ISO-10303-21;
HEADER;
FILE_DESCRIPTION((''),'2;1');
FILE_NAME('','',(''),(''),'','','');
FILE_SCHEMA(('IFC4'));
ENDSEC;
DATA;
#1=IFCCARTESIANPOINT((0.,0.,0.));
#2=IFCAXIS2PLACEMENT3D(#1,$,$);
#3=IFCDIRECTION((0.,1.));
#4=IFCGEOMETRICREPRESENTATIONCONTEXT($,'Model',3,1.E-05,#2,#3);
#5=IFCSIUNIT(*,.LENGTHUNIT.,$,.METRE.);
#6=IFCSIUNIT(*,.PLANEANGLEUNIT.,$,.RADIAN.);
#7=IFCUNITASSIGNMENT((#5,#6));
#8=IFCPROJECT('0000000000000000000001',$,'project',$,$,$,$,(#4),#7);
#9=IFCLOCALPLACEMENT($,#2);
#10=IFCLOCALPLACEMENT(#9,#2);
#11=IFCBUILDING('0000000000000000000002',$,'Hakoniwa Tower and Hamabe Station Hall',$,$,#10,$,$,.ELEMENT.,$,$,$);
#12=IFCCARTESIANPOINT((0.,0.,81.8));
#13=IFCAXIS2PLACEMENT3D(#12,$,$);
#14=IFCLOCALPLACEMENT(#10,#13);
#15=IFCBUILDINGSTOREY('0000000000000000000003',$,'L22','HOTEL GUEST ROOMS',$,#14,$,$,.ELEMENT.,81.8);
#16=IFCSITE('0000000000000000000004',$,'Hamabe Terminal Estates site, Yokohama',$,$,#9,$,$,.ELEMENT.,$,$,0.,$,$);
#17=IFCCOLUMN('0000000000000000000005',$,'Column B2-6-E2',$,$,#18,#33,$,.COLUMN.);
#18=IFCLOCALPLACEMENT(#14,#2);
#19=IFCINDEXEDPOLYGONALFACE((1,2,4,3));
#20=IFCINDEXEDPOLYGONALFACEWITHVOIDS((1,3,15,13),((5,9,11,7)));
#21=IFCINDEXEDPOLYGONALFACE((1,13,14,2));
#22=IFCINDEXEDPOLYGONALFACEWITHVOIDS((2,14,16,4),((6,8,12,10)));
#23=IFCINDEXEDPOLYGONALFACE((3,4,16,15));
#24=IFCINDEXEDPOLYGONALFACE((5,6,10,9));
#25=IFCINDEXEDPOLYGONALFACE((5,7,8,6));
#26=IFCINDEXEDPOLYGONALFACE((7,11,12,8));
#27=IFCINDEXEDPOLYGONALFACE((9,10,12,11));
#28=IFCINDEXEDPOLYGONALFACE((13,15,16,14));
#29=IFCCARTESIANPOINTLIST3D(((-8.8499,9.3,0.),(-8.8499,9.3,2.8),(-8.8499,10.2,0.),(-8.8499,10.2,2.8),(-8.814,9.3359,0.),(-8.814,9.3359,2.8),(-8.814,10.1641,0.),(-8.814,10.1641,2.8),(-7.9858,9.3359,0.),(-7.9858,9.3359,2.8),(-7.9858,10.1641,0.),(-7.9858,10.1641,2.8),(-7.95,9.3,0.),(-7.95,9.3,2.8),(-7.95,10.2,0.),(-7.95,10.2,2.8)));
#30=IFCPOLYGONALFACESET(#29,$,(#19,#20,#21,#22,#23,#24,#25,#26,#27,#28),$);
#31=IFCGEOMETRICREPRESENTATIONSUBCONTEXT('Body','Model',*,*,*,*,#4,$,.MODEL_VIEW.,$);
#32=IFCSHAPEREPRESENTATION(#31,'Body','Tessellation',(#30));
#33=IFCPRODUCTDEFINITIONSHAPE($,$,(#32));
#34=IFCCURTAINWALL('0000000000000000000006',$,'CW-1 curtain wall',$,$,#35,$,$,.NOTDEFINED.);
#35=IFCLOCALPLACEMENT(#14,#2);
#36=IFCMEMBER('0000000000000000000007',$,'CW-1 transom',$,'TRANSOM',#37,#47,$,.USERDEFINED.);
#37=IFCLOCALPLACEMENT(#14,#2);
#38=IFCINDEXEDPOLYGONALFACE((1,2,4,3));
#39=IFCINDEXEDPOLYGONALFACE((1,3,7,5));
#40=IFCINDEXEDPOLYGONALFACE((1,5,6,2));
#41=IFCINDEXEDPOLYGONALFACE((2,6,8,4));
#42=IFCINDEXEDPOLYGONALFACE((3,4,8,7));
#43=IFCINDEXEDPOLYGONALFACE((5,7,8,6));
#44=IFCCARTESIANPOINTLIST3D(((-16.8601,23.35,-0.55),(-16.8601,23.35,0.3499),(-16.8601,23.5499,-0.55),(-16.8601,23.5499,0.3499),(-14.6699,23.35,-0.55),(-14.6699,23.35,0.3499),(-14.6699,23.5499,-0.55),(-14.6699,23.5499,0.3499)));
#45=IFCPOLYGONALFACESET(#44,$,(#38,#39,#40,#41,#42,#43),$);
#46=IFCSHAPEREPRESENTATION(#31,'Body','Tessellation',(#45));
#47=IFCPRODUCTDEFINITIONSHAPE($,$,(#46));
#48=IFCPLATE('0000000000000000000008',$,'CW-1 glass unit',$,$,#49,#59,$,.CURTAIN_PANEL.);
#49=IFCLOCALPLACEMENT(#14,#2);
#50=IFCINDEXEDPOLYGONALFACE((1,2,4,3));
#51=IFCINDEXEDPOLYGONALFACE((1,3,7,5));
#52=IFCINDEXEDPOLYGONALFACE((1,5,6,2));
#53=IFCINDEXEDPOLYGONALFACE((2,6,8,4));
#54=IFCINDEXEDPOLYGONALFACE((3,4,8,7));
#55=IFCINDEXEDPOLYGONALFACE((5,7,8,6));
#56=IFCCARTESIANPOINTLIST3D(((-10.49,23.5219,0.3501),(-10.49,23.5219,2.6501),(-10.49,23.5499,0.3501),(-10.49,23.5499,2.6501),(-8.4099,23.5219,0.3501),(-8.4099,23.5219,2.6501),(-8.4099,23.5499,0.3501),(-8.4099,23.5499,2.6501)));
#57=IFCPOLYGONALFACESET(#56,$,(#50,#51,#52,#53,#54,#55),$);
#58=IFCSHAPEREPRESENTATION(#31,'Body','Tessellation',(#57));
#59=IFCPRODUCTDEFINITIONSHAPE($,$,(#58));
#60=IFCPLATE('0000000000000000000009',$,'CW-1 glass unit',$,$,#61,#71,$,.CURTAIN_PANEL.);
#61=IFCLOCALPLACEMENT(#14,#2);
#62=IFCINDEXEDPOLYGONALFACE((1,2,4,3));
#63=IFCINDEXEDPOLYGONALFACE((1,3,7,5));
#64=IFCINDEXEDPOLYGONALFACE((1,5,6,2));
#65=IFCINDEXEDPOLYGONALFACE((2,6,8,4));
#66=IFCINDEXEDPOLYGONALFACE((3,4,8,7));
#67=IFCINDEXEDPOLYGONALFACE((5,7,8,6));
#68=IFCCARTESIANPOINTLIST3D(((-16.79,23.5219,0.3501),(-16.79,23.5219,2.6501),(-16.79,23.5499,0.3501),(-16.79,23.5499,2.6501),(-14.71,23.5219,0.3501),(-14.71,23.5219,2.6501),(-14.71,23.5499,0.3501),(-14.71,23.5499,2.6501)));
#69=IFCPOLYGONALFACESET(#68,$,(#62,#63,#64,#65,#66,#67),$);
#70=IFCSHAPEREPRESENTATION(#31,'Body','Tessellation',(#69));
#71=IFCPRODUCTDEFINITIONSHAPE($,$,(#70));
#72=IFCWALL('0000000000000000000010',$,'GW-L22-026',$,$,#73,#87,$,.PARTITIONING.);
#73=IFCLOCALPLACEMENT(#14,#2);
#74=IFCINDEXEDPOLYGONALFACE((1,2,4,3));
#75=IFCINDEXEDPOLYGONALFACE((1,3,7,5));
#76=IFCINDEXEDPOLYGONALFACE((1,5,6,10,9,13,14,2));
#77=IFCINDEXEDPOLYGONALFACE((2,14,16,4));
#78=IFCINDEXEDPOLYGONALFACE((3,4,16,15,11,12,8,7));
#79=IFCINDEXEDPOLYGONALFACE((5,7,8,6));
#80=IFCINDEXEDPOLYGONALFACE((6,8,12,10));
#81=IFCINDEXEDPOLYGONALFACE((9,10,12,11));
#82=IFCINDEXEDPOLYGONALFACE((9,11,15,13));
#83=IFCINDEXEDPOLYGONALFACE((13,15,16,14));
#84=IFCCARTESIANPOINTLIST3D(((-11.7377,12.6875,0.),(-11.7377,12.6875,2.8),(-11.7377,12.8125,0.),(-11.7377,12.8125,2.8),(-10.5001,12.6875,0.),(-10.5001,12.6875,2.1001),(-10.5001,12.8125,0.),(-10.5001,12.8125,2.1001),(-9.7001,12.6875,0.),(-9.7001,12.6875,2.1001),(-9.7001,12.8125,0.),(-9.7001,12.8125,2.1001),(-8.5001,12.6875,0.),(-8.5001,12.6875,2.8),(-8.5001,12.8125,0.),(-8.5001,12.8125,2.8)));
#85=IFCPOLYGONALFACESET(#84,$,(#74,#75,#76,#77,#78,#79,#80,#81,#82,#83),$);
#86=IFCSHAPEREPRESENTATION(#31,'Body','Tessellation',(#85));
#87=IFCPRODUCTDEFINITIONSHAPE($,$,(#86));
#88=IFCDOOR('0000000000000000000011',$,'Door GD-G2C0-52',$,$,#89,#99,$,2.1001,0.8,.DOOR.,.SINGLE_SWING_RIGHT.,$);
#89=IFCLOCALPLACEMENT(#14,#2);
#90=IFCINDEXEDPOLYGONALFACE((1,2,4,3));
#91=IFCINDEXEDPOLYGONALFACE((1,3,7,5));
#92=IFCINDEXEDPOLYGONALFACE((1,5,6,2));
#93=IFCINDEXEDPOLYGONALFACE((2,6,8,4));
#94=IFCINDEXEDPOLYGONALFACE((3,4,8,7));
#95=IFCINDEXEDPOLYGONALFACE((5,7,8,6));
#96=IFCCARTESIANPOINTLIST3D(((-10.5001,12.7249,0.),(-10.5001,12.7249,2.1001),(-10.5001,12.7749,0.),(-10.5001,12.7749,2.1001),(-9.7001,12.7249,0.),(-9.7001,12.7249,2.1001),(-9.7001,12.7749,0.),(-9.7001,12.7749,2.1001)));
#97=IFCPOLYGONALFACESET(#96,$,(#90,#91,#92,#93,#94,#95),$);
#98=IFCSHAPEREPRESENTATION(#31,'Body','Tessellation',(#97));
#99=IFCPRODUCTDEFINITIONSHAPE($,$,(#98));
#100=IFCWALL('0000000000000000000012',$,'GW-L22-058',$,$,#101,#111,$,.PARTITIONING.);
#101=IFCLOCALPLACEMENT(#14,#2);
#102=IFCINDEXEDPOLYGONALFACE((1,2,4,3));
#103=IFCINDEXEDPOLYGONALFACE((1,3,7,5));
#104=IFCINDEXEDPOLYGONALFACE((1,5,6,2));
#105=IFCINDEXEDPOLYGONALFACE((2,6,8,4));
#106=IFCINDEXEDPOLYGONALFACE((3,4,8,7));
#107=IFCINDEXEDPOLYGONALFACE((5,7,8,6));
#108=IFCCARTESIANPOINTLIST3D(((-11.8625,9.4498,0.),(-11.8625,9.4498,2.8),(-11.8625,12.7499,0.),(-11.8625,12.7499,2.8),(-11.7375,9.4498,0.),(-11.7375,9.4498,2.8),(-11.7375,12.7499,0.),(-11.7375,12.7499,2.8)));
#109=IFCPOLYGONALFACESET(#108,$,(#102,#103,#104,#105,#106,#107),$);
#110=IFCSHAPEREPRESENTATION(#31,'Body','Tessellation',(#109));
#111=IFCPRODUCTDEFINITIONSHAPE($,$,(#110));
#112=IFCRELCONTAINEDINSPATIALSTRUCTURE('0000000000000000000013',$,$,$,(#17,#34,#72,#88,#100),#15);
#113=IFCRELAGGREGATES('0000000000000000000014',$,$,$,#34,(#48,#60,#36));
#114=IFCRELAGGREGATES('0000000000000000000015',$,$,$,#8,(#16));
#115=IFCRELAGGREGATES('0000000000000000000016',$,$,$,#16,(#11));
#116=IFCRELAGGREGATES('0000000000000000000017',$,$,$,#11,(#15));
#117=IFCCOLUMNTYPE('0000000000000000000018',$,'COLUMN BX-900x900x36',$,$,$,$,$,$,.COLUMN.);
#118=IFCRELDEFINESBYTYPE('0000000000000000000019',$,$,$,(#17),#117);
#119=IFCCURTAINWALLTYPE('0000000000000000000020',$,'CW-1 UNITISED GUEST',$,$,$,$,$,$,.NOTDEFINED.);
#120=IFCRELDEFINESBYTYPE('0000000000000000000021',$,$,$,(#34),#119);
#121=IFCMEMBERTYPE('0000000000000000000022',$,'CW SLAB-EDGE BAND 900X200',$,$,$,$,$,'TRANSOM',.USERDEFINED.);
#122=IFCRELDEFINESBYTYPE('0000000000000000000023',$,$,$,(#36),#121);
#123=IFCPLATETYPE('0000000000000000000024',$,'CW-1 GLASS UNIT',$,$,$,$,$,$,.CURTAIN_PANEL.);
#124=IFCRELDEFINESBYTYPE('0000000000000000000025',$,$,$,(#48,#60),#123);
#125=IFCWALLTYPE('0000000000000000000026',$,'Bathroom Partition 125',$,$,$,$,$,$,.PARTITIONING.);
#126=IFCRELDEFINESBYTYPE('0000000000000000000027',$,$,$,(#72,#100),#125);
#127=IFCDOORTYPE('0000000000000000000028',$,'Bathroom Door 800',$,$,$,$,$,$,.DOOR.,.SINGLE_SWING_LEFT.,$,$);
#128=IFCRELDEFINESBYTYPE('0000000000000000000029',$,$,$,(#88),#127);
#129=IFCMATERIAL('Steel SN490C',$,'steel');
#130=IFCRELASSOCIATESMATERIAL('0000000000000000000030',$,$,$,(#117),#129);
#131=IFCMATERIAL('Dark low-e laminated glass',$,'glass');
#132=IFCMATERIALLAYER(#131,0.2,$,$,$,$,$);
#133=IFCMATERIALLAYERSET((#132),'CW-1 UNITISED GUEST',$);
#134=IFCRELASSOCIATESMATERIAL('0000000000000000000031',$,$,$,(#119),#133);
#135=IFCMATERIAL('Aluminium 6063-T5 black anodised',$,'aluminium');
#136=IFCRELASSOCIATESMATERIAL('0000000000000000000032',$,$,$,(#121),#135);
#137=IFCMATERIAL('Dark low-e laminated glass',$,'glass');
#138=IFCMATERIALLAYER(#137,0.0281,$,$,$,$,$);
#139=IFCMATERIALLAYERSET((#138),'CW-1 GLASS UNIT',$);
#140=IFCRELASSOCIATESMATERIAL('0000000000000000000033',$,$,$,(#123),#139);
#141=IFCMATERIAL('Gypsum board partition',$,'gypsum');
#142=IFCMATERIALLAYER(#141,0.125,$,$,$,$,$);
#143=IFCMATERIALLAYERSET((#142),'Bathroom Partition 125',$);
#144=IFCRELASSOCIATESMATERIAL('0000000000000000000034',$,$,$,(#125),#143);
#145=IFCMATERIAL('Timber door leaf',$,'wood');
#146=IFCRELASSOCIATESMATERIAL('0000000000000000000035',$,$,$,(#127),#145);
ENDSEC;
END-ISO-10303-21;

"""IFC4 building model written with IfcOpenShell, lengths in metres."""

from ifc_helpers import new_model, si_unit, direction, frame, frame_2d, origin, origin_2d, place, context, subcontext, project, spatial, rectangle, hollow_rectangle, extrude, material, layer, layer_set, material_profile, profile_set, type_object, element, fill, aggregate, save


model = new_model("IFC4")

# Units and contexts
model_context = context("Model", 3, precision=1e-05, world=origin(), true_north=direction((0.0, 1.0)))
body_context = subcontext(model_context, "Body", "Model", "MODEL_VIEW")
ifc_project = project(units=[si_unit("LENGTHUNIT", "METRE"), si_unit("PLANEANGLEUNIT", "RADIAN")], contexts=[model_context])

# Site, building, storey
site_placement = place(None, origin())
site = spatial("IfcSite", under=ifc_project, at=site_placement, Name="Hamabe Terminal Estates site, Yokohama", CompositionType="ELEMENT", RefElevation=0.0)
building_placement = place(site_placement, origin())
building = spatial("IfcBuilding", under=site, at=building_placement, Name="Hakoniwa Tower and Hamabe Station Hall", CompositionType="ELEMENT")
storey_placement = place(building_placement, frame((0.0, 0.0, 81.8)))
storey = spatial("IfcBuildingStorey", under=building, at=storey_placement, Name="L22", Description="HOTEL GUEST ROOMS", CompositionType="ELEMENT", Elevation=81.8)

# Column
ifc_material_1 = material(Name="Steel SN490C", Category="steel")
ifc_material_profile_1 = material_profile(ifc_material_1, hollow_rectangle(XDim=0.8999, YDim=0.8999, WallThickness=0.0359, at=origin_2d()), Name="BX-900x900x36")
ifc_profile_set_1 = profile_set([ifc_material_profile_1], Name="Steel SN490C")
column_type = type_object("IfcColumnType", Name="COLUMN BX-900x900x36", PredefinedType="COLUMN", material=ifc_profile_set_1)
column_placement = place(storey_placement, frame((-8.3999, 9.75, 0.0), z_axis=(0.0, 0.0, 1.0), x_axis=(1.0, 0.0, 0.0)))
element("IfcColumn", 1, at=column_placement, inside=storey, type_object=column_type, Name="Column B2-6-E2", PredefinedType="COLUMN", context=body_context, shape_type="SweptSolid", body=[
    extrude(hollow_rectangle(XDim=0.8999, YDim=0.8999, WallThickness=0.0359, at=origin_2d()), origin(), (0.0, 0.0, 1.0), 2.8),
])

# Curtain wall, member, plates
ifc_material_2 = material(Name="Dark low-e laminated glass", Category="glass")
ifc_layer_1 = layer(ifc_material_2, 0.2)
ifc_layer_set_1 = layer_set([ifc_layer_1], Name="CW-1 UNITISED GUEST")
curtain_wall_type = type_object("IfcCurtainWallType", Name="CW-1 UNITISED GUEST", PredefinedType="NOTDEFINED", material=ifc_layer_set_1)
curtain_wall_placement = place(storey_placement, origin())
curtain_wall = element("IfcCurtainWall", 2, at=curtain_wall_placement, inside=storey, type_object=curtain_wall_type, Name="CW-1 curtain wall", PredefinedType="NOTDEFINED")
ifc_material_3 = material(Name="Aluminium 6063-T5 black anodised", Category="aluminium")
ifc_material_profile_2 = material_profile(ifc_material_3, rectangle(XDim=0.2, YDim=0.8999, at=origin_2d()), Name="CW SLAB-EDGE BAND 900X200")
ifc_profile_set_2 = profile_set([ifc_material_profile_2], Name="Aluminium 6063-T5 black anodised")
member_type = type_object("IfcMemberType", Name="CW SLAB-EDGE BAND 900X200", ElementType="TRANSOM", PredefinedType="USERDEFINED", material=ifc_profile_set_2)
member_placement = place(storey_placement, frame((-14.6699, 23.45, -0.1001), z_axis=(-1.0, 0.0, 0.0), x_axis=(0.0, -1.0, 0.0)))
member = element("IfcMember", 3, at=member_placement, type_object=member_type, Name="CW-1 transom", ObjectType="TRANSOM", PredefinedType="USERDEFINED", context=body_context, shape_type="SweptSolid", body=[
    extrude(rectangle(XDim=0.2, YDim=0.8999, at=origin_2d()), origin(), (0.0, 0.0, 1.0), 2.1902),
])
ifc_material_4 = material(Name="Dark low-e laminated glass", Category="glass")
ifc_layer_2 = layer(ifc_material_4, 0.0281)
ifc_layer_set_2 = layer_set([ifc_layer_2], Name="CW-1 GLASS UNIT")
plate_type = type_object("IfcPlateType", Name="CW-1 GLASS UNIT", PredefinedType="CURTAIN_PANEL", material=ifc_layer_set_2)
plate_1_placement = place(storey_placement, frame((-9.45, 23.5359, 0.3501), z_axis=(0.0, 0.0, 1.0), x_axis=(-1.0, 0.0, 0.0)))
plate_1 = element("IfcPlate", 4, at=plate_1_placement, type_object=plate_type, Name="CW-1 glass unit", PredefinedType="CURTAIN_PANEL", context=body_context, shape_type="SweptSolid", body=[
    extrude(rectangle(XDim=2.0801, YDim=0.0281, at=origin_2d()), origin(), (0.0, 0.0, 1.0), 2.3),
])
plate_2_placement = place(storey_placement, frame((-15.75, 23.5359, 0.3501), z_axis=(0.0, 0.0, 1.0), x_axis=(-1.0, 0.0, 0.0)))
plate_2 = element("IfcPlate", 5, at=plate_2_placement, type_object=plate_type, Name="CW-1 glass unit", PredefinedType="CURTAIN_PANEL", context=body_context, shape_type="SweptSolid", body=[
    extrude(rectangle(XDim=2.0801, YDim=0.0281, at=origin_2d()), origin(), (0.0, 0.0, 1.0), 2.3),
])

# Wall, opening, door
ifc_material_5 = material(Name="Gypsum board partition", Category="gypsum")
ifc_layer_3 = layer(ifc_material_5, 0.125)
ifc_layer_set_3 = layer_set([ifc_layer_3], Name="Bathroom Partition 125")
wall_type_1 = type_object("IfcWallType", Name="Bathroom Partition 125", PredefinedType="PARTITIONING", material=ifc_layer_set_3)
wall_1_placement = place(storey_placement, frame((-11.7375, 12.75, 0.0), z_axis=(0.0, 0.0, 1.0), x_axis=(1.0, 0.0, 0.0)))
wall_1 = element("IfcWall", 6, at=wall_1_placement, inside=storey, type_object=wall_type_1, Name="GW-L22-026", PredefinedType="PARTITIONING", context=body_context, shape_type="SweptSolid", body=[
    extrude(rectangle(XDim=3.2375, YDim=0.125, at=frame_2d((1.6187, 0.0))), origin(), (0.0, 0.0, 1.0), 2.8),
])
opening_1_placement = place(wall_1_placement, frame((1.2375, 0.0, 0.0)))
opening_1 = element("IfcOpeningElement", 7, at=opening_1_placement, cuts=wall_1, PredefinedType="OPENING", context=body_context, shape_type="SweptSolid", body=[
    extrude(rectangle(XDim=0.8, YDim=2.1001, at=frame_2d((0.3999, 1.05))), frame((0.0, 0.0725, 0.0), z_axis=(0.0, -1.0, 0.0), x_axis=(1.0, 0.0, 0.0)), (0.0, 0.0, 1.0), 0.145),
])
ifc_material_6 = material(Name="Timber door leaf", Category="wood")
door_type_1 = type_object("IfcDoorType", Name="Bathroom Door 800", OperationType="SINGLE_SWING_LEFT", PredefinedType="DOOR", material=ifc_material_6)
door_1_placement = place(opening_1_placement, origin())
door_1 = element("IfcDoor", 8, at=door_1_placement, inside=storey, type_object=door_type_1, Name="Door GD-G2C0-52", OperationType="SINGLE_SWING_RIGHT", OverallHeight=2.1001, OverallWidth=0.8, PredefinedType="DOOR", context=body_context, shape_type="SweptSolid", body=[
    extrude(rectangle(XDim=0.8, YDim=2.1001, at=frame_2d((0.3999, 1.05))), frame((0.0, 0.0249, 0.0), z_axis=(0.0, -1.0, 0.0), x_axis=(1.0, 0.0, 0.0)), (0.0, 0.0, 1.0), 0.05),
])
fill(opening_1, door_1)

# Wall
wall_2_placement = place(storey_placement, frame((-11.8, 9.45, 0.0), z_axis=(0.0, 0.0, 1.0), x_axis=(0.0, 1.0, 0.0)))
element("IfcWall", 9, at=wall_2_placement, inside=storey, type_object=wall_type_1, Name="GW-L22-058", PredefinedType="PARTITIONING", context=body_context, shape_type="SweptSolid", body=[
    extrude(rectangle(XDim=3.3, YDim=0.125, at=frame_2d((1.6499, 0.0))), origin(), (0.0, 0.0, 1.0), 2.8),
])

aggregate(curtain_wall, [plate_1, plate_2, member])

save(model, "model.ifc")
